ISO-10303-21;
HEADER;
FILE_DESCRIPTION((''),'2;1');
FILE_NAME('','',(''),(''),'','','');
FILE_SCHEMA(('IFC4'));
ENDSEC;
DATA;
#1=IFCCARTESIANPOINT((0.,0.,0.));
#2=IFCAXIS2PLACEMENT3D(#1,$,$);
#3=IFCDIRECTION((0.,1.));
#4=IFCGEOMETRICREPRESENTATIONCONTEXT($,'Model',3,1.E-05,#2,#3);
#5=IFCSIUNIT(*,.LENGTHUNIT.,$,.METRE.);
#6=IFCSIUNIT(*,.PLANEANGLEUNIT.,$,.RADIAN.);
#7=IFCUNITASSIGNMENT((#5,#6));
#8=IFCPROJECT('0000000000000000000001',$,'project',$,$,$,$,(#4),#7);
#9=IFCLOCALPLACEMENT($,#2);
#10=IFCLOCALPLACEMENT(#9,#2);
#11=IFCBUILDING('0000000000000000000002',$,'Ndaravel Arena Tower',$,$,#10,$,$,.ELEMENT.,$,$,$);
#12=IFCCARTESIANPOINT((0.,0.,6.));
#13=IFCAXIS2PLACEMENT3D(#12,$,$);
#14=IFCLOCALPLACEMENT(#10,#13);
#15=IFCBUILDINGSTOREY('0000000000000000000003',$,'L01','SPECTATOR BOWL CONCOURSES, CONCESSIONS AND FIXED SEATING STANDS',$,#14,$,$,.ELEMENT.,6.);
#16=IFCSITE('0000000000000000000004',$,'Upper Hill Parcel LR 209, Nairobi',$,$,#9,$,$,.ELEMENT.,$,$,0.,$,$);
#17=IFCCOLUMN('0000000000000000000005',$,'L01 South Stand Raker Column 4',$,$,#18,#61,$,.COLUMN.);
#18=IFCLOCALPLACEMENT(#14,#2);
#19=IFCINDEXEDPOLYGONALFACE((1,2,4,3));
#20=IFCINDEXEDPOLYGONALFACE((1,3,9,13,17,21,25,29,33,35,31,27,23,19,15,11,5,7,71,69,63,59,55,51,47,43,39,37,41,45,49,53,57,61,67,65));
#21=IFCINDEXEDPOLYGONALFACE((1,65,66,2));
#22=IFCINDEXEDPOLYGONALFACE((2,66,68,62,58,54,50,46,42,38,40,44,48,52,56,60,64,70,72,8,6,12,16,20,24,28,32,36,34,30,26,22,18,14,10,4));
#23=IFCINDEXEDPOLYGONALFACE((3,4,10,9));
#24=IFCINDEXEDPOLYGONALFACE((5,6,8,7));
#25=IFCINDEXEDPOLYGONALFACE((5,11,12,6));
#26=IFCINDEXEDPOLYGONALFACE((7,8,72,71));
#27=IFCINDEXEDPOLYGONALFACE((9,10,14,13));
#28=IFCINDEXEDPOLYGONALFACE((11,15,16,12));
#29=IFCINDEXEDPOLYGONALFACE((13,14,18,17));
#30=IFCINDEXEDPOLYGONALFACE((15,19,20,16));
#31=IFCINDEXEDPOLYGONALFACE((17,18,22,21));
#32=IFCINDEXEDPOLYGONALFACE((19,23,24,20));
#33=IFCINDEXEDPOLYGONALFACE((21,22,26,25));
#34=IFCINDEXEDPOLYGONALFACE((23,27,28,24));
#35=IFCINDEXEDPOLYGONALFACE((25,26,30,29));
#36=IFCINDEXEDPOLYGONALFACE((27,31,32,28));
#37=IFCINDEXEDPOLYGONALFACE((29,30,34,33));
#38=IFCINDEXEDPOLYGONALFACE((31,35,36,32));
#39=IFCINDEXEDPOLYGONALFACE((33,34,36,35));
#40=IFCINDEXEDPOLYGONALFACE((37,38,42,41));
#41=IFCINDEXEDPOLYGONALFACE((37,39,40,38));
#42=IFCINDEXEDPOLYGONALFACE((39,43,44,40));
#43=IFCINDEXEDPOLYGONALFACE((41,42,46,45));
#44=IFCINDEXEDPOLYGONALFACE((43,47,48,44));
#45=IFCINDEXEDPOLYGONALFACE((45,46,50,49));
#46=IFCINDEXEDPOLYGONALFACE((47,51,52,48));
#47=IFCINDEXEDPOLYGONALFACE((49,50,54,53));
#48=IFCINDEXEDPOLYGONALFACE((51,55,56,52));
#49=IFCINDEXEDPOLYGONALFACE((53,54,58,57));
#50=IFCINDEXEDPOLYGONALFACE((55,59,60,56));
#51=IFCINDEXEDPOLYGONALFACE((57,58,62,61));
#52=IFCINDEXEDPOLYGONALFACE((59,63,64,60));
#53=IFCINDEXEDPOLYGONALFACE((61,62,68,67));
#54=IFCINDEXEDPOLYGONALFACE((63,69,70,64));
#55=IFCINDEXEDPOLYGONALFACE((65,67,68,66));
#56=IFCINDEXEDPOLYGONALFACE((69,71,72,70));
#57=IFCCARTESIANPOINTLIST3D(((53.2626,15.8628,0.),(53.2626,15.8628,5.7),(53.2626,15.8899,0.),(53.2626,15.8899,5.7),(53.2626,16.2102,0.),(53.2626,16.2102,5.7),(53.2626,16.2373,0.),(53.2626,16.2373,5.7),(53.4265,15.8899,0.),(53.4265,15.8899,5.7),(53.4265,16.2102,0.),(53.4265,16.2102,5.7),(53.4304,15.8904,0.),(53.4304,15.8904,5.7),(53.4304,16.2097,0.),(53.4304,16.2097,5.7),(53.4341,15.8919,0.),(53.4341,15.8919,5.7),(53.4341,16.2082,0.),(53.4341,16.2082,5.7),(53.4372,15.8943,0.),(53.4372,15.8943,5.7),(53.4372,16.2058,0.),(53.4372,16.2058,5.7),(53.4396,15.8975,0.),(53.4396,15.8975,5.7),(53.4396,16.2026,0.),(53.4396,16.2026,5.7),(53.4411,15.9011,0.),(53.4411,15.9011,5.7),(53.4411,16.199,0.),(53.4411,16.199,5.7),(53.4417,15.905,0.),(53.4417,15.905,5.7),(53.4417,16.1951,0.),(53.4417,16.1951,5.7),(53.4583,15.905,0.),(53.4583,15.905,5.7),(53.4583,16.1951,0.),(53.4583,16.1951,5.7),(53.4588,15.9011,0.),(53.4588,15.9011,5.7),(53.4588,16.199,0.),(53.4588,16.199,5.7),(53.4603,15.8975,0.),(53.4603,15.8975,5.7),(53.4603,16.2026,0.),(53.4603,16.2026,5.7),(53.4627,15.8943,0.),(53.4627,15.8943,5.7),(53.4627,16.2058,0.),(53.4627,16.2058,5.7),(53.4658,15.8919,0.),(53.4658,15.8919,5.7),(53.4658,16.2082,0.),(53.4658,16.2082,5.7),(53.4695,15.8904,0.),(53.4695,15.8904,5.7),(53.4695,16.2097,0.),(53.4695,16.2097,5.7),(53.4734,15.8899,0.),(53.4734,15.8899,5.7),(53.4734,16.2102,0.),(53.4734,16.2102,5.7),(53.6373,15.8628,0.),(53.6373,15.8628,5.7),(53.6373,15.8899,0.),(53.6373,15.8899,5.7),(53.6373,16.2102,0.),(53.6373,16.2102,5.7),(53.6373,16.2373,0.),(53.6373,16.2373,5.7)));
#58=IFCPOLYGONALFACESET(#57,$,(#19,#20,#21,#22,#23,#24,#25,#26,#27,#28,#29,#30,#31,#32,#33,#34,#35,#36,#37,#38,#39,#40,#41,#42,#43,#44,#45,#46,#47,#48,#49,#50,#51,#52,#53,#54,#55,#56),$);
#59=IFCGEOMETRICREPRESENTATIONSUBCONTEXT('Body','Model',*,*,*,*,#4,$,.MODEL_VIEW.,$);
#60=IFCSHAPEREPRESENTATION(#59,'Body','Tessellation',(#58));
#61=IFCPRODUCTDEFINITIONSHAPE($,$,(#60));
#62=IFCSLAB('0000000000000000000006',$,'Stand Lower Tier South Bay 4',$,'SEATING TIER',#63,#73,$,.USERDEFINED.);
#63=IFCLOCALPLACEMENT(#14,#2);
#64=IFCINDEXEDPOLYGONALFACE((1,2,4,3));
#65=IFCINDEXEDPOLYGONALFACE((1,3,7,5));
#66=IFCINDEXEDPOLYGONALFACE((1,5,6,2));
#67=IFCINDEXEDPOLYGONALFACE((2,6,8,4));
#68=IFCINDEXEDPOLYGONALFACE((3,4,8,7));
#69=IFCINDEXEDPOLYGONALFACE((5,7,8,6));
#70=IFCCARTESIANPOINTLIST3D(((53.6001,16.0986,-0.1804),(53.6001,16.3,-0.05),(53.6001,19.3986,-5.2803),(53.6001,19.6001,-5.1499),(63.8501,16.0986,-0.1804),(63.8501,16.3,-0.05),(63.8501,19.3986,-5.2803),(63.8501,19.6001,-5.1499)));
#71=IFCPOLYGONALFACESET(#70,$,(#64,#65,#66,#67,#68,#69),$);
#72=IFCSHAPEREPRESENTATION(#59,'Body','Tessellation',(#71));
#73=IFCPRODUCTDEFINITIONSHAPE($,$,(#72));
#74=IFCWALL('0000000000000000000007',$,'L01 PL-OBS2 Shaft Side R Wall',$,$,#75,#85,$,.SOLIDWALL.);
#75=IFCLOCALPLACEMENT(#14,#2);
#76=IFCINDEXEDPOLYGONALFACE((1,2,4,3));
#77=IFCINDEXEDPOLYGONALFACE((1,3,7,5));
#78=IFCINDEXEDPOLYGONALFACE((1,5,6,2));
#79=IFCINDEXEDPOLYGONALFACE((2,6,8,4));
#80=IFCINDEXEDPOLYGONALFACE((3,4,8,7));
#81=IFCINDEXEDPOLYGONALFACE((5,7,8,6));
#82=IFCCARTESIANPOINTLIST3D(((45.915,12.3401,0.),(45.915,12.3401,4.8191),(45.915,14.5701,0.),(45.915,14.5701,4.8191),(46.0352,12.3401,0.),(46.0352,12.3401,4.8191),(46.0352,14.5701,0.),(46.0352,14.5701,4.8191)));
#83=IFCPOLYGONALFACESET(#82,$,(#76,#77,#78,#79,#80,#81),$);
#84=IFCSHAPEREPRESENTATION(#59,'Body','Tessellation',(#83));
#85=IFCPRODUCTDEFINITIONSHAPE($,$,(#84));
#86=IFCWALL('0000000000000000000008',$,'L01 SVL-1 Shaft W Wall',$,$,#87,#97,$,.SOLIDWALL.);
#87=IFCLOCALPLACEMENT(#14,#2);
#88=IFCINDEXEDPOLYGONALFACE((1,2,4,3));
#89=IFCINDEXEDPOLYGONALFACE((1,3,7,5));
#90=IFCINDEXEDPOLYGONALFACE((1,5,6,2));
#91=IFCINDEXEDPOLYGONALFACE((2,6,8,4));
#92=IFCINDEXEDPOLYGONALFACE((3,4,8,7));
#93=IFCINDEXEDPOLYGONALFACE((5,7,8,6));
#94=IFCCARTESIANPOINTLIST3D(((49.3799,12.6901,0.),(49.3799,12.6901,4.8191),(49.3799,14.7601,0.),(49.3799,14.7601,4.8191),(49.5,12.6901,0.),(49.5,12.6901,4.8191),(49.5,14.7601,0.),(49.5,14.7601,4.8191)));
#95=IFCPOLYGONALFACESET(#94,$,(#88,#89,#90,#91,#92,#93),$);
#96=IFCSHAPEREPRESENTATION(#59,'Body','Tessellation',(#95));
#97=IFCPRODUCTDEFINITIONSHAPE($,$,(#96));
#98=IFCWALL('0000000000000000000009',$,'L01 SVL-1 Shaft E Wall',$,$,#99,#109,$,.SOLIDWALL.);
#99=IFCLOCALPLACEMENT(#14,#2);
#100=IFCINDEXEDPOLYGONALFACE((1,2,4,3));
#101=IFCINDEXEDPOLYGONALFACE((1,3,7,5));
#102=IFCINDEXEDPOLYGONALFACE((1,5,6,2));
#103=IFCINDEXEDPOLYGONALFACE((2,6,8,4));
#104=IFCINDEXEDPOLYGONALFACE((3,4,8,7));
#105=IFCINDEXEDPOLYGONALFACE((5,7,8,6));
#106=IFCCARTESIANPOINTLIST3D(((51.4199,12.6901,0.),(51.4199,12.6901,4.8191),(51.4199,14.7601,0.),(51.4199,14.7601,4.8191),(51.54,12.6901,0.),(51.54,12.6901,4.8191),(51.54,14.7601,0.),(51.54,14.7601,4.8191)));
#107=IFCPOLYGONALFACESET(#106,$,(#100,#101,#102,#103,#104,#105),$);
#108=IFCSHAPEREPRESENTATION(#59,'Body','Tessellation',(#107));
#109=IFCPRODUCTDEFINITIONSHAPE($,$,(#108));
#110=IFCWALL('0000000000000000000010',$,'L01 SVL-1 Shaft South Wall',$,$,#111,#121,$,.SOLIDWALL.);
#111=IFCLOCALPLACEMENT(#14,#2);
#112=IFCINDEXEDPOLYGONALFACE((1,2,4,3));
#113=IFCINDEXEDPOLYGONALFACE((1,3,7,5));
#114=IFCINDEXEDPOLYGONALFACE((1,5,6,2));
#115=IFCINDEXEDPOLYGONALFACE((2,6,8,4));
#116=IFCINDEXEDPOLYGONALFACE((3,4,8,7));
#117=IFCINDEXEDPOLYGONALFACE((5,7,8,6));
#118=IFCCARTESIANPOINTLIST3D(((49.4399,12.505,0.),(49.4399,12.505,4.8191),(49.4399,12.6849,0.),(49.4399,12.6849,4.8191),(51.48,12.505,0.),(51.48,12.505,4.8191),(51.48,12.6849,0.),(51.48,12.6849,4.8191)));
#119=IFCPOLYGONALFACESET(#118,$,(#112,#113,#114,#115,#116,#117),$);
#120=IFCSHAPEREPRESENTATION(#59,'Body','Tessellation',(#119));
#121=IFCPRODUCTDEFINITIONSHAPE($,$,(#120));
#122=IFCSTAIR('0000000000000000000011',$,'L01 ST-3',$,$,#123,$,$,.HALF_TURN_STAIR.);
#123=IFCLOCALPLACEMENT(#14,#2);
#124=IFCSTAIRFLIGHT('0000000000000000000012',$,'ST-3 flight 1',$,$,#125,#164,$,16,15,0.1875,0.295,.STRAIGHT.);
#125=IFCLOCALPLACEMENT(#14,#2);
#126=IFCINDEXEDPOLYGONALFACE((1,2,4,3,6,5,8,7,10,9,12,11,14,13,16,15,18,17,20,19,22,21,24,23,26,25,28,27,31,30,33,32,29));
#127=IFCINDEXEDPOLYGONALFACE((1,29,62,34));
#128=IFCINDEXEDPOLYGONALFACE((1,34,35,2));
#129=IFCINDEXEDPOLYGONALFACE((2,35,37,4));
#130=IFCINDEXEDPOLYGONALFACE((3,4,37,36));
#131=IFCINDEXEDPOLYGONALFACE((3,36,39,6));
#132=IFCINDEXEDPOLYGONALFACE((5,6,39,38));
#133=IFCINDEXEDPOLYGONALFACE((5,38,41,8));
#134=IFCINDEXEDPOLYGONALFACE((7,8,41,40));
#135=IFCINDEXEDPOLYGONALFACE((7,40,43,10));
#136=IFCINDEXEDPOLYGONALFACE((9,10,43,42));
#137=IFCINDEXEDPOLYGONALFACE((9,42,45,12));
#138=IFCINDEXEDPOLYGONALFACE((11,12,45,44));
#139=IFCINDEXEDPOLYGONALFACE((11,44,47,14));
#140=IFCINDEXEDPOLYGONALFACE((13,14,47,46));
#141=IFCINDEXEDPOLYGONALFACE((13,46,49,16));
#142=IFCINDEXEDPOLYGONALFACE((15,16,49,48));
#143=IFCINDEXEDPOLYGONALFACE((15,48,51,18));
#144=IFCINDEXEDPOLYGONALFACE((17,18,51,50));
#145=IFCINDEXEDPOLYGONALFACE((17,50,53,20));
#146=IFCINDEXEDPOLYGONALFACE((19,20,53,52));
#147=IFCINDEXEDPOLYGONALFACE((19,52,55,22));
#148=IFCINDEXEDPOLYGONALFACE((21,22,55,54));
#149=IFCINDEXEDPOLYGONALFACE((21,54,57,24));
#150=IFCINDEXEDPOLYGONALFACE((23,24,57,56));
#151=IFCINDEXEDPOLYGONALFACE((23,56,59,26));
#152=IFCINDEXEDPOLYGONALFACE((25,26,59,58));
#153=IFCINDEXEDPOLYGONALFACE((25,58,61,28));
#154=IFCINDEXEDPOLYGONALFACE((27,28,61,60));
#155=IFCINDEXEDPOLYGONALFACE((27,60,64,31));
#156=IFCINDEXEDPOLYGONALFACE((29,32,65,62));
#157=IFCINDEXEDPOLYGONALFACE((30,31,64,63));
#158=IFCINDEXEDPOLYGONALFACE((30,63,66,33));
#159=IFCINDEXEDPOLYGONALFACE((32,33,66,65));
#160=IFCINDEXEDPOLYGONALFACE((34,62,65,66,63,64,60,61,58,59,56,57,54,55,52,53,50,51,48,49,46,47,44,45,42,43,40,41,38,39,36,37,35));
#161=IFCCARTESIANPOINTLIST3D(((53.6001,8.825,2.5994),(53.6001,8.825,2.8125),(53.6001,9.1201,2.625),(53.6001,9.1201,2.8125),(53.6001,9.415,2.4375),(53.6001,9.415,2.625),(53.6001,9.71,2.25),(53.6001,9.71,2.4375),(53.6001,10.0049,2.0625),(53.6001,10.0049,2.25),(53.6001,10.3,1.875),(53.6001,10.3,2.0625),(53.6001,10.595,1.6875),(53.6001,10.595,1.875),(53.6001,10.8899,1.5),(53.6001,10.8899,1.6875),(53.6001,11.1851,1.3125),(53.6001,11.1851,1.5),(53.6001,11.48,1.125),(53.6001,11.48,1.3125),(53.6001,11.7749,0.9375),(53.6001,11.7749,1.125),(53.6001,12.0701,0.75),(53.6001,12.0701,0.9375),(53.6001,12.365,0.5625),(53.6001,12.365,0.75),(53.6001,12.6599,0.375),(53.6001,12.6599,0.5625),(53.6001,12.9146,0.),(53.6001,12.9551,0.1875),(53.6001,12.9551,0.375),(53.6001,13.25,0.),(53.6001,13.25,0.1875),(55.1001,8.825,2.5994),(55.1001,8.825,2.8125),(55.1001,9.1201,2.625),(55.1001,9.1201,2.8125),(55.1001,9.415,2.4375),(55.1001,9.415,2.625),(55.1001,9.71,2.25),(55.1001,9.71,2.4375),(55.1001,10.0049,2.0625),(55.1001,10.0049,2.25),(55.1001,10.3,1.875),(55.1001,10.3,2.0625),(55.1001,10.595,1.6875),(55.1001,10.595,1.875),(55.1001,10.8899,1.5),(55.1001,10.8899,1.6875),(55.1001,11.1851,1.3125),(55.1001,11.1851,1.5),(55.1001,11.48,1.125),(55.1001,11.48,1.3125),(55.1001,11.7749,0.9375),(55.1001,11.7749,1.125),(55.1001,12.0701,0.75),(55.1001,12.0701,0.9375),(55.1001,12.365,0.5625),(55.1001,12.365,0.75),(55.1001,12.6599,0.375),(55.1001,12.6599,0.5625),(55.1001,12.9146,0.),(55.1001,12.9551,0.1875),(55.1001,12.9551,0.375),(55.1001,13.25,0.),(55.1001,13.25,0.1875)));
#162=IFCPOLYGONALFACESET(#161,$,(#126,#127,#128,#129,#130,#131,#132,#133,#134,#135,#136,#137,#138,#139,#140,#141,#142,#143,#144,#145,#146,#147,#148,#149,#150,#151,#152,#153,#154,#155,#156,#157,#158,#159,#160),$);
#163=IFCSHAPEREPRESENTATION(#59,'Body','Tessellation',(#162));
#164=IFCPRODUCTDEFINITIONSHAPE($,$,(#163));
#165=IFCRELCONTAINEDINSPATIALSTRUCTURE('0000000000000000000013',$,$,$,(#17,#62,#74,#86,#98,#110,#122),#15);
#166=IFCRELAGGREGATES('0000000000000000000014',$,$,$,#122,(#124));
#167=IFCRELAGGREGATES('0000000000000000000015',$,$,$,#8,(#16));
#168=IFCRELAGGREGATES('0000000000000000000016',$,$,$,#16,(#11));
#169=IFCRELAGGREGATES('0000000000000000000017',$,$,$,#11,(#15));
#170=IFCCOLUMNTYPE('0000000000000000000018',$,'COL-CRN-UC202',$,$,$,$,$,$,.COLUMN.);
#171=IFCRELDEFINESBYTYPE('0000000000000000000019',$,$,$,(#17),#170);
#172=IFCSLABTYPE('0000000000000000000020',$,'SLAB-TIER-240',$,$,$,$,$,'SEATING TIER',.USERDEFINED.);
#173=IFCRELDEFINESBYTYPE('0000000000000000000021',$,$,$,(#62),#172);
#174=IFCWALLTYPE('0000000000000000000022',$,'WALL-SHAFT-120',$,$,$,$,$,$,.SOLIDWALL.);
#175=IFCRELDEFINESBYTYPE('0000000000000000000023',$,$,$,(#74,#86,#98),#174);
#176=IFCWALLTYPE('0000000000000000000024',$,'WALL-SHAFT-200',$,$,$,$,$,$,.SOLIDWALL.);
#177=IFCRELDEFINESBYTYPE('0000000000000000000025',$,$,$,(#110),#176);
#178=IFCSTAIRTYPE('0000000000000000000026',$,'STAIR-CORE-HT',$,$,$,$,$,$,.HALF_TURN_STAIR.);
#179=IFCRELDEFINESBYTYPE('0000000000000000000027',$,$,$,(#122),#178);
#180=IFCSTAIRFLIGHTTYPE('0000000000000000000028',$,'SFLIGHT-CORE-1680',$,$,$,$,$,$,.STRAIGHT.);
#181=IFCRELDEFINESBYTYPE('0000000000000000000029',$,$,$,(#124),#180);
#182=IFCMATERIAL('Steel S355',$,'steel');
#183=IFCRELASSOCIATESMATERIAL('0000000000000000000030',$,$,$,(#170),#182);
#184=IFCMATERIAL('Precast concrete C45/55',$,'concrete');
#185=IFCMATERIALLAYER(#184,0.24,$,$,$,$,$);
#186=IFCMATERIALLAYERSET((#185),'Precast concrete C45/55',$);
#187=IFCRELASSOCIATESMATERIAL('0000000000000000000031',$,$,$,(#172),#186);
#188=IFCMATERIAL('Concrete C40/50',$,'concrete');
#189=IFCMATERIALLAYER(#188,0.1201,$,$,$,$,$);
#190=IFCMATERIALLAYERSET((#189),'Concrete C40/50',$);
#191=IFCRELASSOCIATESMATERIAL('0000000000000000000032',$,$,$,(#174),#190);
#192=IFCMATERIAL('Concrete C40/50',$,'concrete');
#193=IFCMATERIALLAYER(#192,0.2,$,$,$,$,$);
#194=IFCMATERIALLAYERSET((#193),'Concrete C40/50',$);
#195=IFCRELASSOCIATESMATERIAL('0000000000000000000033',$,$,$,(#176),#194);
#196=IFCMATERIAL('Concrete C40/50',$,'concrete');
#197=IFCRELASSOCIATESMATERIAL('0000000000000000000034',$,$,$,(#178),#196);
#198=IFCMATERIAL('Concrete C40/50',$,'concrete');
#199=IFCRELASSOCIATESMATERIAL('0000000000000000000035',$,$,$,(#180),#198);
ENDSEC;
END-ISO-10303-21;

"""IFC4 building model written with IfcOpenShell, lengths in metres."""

from ifc_helpers import new_model, si_unit, direction, frame, frame_2d, origin, origin_2d, place, context, subcontext, project, spatial, polyline, rectangle, i_section, outline, extrude, material, layer, layer_set, material_profile, profile_set, type_object, element, aggregate, save


model = new_model("IFC4")

# Units and contexts
model_context = context("Model", 3, precision=1e-05, world=origin(), true_north=direction((0.0, 1.0)))
body_context = subcontext(model_context, "Body", "Model", "MODEL_VIEW")
ifc_project = project(units=[si_unit("LENGTHUNIT", "METRE"), si_unit("PLANEANGLEUNIT", "RADIAN")], contexts=[model_context])

# Site, building, storey
site_placement = place(None, origin())
site = spatial("IfcSite", under=ifc_project, at=site_placement, Name="Upper Hill Parcel LR 209, Nairobi", CompositionType="ELEMENT", RefElevation=0.0)
building_placement = place(site_placement, origin())
building = spatial("IfcBuilding", under=site, at=building_placement, Name="Ndaravel Arena Tower", CompositionType="ELEMENT")
storey_placement = place(building_placement, frame((0.0, 0.0, 6.0)))
storey = spatial("IfcBuildingStorey", under=building, at=storey_placement, Name="L01", Description="SPECTATOR BOWL CONCOURSES, CONCESSIONS AND FIXED SEATING STANDS", CompositionType="ELEMENT", Elevation=6.0)

# Column
ifc_material_1 = material(Name="Steel S355", Category="steel")
ifc_material_profile = material_profile(ifc_material_1, i_section(OverallWidth=0.3748, OverallDepth=0.3745, WebThickness=0.0166, FlangeThickness=0.0271, FilletRadius=0.0151, at=origin_2d()), Name="UC 356x368x202")
ifc_profile_set = profile_set([ifc_material_profile], Name="Steel S355")
column_type = type_object("IfcColumnType", Name="COL-CRN-UC202", PredefinedType="COLUMN", material=ifc_profile_set)
column_placement = place(storey_placement, frame((53.45, 16.05, 0.0), z_axis=(0.0, 0.0, 1.0), x_axis=(1.0, 0.0, 0.0)))
element("IfcColumn", 1, at=column_placement, inside=storey, type_object=column_type, Name="L01 South Stand Raker Column 4", PredefinedType="COLUMN", context=body_context, shape_type="SweptSolid", body=[
    extrude(i_section(OverallWidth=0.3748, OverallDepth=0.3745, WebThickness=0.0166, FlangeThickness=0.0271, FilletRadius=0.0151, at=origin_2d()), origin(), (0.0, 0.0, 1.0), 5.7),
])

# Slab
ifc_material_2 = material(Name="Precast concrete C45/55", Category="concrete")
ifc_layer_1 = layer(ifc_material_2, 0.24)
ifc_layer_set_1 = layer_set([ifc_layer_1], Name="Precast concrete C45/55")
slab_type = type_object("IfcSlabType", Name="SLAB-TIER-240", ElementType="SEATING TIER", PredefinedType="USERDEFINED", material=ifc_layer_set_1)
slab_placement = place(storey_placement, frame((53.6001, 16.3, -0.05), z_axis=(0.0, 0.839559, 0.543268), x_axis=(1.0, 0.0, 0.0)))
element("IfcSlab", 2, at=slab_placement, inside=storey, type_object=slab_type, Name="Stand Lower Tier South Bay 4", ObjectType="SEATING TIER", PredefinedType="USERDEFINED", context=body_context, shape_type="SweptSolid", body=[
    extrude(outline(polyline([(0.0, 0.0), (10.25, 0.0), (10.25, 6.0744), (0.0, 6.0744), (0.0, 0.0)])), origin(), (0.0, 0.0, -1.0), 0.24),
])

# Walls
ifc_material_3 = material(Name="Concrete C40/50", Category="concrete")
ifc_layer_2 = layer(ifc_material_3, 0.1201)
ifc_layer_set_2 = layer_set([ifc_layer_2], Name="Concrete C40/50")
wall_type_1 = type_object("IfcWallType", Name="WALL-SHAFT-120", PredefinedType="SOLIDWALL", material=ifc_layer_set_2)
wall_1_placement = place(storey_placement, frame((45.9751, 12.3401, 0.0), z_axis=(0.0, 0.0, 1.0), x_axis=(0.0, 1.0, 0.0)))
element("IfcWall", 3, at=wall_1_placement, inside=storey, type_object=wall_type_1, Name="L01 PL-OBS2 Shaft Side R Wall", PredefinedType="SOLIDWALL", context=body_context, shape_type="SweptSolid", body=[
    extrude(rectangle(XDim=2.23, YDim=0.1201, at=frame_2d((1.115, 0.0))), origin(), (0.0, 0.0, 1.0), 4.8191),
])
for number, where, z_axis, x_axis, name in (
    (4, (49.4399, 12.6899, 0.0), (0.0, 0.0, 1.0), (0.0, 1.0, 0.0), "L01 SVL-1 Shaft W Wall"),
    (5, (51.48, 12.6899, 0.0), (0.0, 0.0, 1.0), (0.0, 1.0, 0.0), "L01 SVL-1 Shaft E Wall"),
):
    element("IfcWall", number, at=place(storey_placement, frame(where, z_axis=z_axis, x_axis=x_axis)), inside=storey, type_object=wall_type_1, Name=name, PredefinedType="SOLIDWALL", context=body_context, shape_type="SweptSolid", body=[
        extrude(rectangle(XDim=2.0701, YDim=0.1201, at=frame_2d((1.0352, 0.0))), origin(), (0.0, 0.0, 1.0), 4.8191),
    ])

# Shared definitions
ifc_material_4 = material(Name="Concrete C40/50", Category="concrete")
ifc_layer_3 = layer(ifc_material_4, 0.2)
ifc_layer_set_3 = layer_set([ifc_layer_3], Name="Concrete C40/50")
wall_type_2 = type_object("IfcWallType", Name="WALL-SHAFT-200", PredefinedType="SOLIDWALL", material=ifc_layer_set_3)

# Wall
wall_2_placement = place(storey_placement, frame((49.4399, 12.595, 0.0), z_axis=(0.0, 0.0, 1.0), x_axis=(1.0, 0.0, 0.0)))
element("IfcWall", 6, at=wall_2_placement, inside=storey, type_object=wall_type_2, Name="L01 SVL-1 Shaft South Wall", PredefinedType="SOLIDWALL", context=body_context, shape_type="SweptSolid", body=[
    extrude(rectangle(XDim=2.04, YDim=0.1799, at=frame_2d((1.02, 0.0))), origin(), (0.0, 0.0, 1.0), 4.8191),
])

# Stair, stair flight
ifc_material_5 = material(Name="Concrete C40/50", Category="concrete")
stair_type = type_object("IfcStairType", Name="STAIR-CORE-HT", PredefinedType="HALF_TURN_STAIR", material=ifc_material_5)
stair_placement = place(storey_placement, origin())
stair = element("IfcStair", 7, at=stair_placement, inside=storey, type_object=stair_type, Name="L01 ST-3", PredefinedType="HALF_TURN_STAIR")
ifc_material_6 = material(Name="Concrete C40/50", Category="concrete")
stair_flight_type = type_object("IfcStairFlightType", Name="SFLIGHT-CORE-1680", PredefinedType="STRAIGHT", material=ifc_material_6)
stair_flight_1_placement = place(storey_placement, frame((54.3501, 13.25, 0.0), z_axis=(0.0, 0.0, 1.0), x_axis=(0.0, -1.0, 0.0)))
stair_flight_1 = element("IfcStairFlight", 8, at=stair_flight_1_placement, type_object=stair_flight_type, Name="ST-3 flight 1", NumberOfRisers=16, NumberOfTreads=15, PredefinedType="STRAIGHT", RiserHeight=0.1875, TreadLength=0.295, context=body_context, shape_type="SweptSolid", body=[
    extrude(outline(polyline([(0.0, 0.0), (0.0, 0.1875), (0.2949, 0.1875), (0.2949, 0.375), (0.5901, 0.375), (0.5901, 0.5625), (0.885, 0.5625), (0.885, 0.75), (1.1799, 0.75), (1.1799, 0.9375), (1.4751, 0.9375), (1.4751, 1.125), (1.77, 1.125), (1.77, 1.3125), (2.0649, 1.3125), (2.0649, 1.5), (2.3601, 1.5), (2.3601, 1.6875), (2.655, 1.6875), (2.655, 1.875), (2.95, 1.875), (2.95, 2.0625), (3.2451, 2.0625), (3.2451, 2.25), (3.54, 2.25), (3.54, 2.4375), (3.835, 2.4375), (3.835, 2.625), (4.1299, 2.625), (4.1299, 2.8125), (4.425, 2.8125), (4.425, 3.0), (4.425, 2.5994), (0.3354, 0.0), (0.0, 0.0)])), frame((0.0, 0.75, 0.0), z_axis=(0.0, -1.0, 0.0), x_axis=(1.0, 0.0, 0.0)), (0.0, 0.0, 1.0), 1.5),
])
aggregate(stair, [stair_flight_1])

save(model, "model.ifc")
